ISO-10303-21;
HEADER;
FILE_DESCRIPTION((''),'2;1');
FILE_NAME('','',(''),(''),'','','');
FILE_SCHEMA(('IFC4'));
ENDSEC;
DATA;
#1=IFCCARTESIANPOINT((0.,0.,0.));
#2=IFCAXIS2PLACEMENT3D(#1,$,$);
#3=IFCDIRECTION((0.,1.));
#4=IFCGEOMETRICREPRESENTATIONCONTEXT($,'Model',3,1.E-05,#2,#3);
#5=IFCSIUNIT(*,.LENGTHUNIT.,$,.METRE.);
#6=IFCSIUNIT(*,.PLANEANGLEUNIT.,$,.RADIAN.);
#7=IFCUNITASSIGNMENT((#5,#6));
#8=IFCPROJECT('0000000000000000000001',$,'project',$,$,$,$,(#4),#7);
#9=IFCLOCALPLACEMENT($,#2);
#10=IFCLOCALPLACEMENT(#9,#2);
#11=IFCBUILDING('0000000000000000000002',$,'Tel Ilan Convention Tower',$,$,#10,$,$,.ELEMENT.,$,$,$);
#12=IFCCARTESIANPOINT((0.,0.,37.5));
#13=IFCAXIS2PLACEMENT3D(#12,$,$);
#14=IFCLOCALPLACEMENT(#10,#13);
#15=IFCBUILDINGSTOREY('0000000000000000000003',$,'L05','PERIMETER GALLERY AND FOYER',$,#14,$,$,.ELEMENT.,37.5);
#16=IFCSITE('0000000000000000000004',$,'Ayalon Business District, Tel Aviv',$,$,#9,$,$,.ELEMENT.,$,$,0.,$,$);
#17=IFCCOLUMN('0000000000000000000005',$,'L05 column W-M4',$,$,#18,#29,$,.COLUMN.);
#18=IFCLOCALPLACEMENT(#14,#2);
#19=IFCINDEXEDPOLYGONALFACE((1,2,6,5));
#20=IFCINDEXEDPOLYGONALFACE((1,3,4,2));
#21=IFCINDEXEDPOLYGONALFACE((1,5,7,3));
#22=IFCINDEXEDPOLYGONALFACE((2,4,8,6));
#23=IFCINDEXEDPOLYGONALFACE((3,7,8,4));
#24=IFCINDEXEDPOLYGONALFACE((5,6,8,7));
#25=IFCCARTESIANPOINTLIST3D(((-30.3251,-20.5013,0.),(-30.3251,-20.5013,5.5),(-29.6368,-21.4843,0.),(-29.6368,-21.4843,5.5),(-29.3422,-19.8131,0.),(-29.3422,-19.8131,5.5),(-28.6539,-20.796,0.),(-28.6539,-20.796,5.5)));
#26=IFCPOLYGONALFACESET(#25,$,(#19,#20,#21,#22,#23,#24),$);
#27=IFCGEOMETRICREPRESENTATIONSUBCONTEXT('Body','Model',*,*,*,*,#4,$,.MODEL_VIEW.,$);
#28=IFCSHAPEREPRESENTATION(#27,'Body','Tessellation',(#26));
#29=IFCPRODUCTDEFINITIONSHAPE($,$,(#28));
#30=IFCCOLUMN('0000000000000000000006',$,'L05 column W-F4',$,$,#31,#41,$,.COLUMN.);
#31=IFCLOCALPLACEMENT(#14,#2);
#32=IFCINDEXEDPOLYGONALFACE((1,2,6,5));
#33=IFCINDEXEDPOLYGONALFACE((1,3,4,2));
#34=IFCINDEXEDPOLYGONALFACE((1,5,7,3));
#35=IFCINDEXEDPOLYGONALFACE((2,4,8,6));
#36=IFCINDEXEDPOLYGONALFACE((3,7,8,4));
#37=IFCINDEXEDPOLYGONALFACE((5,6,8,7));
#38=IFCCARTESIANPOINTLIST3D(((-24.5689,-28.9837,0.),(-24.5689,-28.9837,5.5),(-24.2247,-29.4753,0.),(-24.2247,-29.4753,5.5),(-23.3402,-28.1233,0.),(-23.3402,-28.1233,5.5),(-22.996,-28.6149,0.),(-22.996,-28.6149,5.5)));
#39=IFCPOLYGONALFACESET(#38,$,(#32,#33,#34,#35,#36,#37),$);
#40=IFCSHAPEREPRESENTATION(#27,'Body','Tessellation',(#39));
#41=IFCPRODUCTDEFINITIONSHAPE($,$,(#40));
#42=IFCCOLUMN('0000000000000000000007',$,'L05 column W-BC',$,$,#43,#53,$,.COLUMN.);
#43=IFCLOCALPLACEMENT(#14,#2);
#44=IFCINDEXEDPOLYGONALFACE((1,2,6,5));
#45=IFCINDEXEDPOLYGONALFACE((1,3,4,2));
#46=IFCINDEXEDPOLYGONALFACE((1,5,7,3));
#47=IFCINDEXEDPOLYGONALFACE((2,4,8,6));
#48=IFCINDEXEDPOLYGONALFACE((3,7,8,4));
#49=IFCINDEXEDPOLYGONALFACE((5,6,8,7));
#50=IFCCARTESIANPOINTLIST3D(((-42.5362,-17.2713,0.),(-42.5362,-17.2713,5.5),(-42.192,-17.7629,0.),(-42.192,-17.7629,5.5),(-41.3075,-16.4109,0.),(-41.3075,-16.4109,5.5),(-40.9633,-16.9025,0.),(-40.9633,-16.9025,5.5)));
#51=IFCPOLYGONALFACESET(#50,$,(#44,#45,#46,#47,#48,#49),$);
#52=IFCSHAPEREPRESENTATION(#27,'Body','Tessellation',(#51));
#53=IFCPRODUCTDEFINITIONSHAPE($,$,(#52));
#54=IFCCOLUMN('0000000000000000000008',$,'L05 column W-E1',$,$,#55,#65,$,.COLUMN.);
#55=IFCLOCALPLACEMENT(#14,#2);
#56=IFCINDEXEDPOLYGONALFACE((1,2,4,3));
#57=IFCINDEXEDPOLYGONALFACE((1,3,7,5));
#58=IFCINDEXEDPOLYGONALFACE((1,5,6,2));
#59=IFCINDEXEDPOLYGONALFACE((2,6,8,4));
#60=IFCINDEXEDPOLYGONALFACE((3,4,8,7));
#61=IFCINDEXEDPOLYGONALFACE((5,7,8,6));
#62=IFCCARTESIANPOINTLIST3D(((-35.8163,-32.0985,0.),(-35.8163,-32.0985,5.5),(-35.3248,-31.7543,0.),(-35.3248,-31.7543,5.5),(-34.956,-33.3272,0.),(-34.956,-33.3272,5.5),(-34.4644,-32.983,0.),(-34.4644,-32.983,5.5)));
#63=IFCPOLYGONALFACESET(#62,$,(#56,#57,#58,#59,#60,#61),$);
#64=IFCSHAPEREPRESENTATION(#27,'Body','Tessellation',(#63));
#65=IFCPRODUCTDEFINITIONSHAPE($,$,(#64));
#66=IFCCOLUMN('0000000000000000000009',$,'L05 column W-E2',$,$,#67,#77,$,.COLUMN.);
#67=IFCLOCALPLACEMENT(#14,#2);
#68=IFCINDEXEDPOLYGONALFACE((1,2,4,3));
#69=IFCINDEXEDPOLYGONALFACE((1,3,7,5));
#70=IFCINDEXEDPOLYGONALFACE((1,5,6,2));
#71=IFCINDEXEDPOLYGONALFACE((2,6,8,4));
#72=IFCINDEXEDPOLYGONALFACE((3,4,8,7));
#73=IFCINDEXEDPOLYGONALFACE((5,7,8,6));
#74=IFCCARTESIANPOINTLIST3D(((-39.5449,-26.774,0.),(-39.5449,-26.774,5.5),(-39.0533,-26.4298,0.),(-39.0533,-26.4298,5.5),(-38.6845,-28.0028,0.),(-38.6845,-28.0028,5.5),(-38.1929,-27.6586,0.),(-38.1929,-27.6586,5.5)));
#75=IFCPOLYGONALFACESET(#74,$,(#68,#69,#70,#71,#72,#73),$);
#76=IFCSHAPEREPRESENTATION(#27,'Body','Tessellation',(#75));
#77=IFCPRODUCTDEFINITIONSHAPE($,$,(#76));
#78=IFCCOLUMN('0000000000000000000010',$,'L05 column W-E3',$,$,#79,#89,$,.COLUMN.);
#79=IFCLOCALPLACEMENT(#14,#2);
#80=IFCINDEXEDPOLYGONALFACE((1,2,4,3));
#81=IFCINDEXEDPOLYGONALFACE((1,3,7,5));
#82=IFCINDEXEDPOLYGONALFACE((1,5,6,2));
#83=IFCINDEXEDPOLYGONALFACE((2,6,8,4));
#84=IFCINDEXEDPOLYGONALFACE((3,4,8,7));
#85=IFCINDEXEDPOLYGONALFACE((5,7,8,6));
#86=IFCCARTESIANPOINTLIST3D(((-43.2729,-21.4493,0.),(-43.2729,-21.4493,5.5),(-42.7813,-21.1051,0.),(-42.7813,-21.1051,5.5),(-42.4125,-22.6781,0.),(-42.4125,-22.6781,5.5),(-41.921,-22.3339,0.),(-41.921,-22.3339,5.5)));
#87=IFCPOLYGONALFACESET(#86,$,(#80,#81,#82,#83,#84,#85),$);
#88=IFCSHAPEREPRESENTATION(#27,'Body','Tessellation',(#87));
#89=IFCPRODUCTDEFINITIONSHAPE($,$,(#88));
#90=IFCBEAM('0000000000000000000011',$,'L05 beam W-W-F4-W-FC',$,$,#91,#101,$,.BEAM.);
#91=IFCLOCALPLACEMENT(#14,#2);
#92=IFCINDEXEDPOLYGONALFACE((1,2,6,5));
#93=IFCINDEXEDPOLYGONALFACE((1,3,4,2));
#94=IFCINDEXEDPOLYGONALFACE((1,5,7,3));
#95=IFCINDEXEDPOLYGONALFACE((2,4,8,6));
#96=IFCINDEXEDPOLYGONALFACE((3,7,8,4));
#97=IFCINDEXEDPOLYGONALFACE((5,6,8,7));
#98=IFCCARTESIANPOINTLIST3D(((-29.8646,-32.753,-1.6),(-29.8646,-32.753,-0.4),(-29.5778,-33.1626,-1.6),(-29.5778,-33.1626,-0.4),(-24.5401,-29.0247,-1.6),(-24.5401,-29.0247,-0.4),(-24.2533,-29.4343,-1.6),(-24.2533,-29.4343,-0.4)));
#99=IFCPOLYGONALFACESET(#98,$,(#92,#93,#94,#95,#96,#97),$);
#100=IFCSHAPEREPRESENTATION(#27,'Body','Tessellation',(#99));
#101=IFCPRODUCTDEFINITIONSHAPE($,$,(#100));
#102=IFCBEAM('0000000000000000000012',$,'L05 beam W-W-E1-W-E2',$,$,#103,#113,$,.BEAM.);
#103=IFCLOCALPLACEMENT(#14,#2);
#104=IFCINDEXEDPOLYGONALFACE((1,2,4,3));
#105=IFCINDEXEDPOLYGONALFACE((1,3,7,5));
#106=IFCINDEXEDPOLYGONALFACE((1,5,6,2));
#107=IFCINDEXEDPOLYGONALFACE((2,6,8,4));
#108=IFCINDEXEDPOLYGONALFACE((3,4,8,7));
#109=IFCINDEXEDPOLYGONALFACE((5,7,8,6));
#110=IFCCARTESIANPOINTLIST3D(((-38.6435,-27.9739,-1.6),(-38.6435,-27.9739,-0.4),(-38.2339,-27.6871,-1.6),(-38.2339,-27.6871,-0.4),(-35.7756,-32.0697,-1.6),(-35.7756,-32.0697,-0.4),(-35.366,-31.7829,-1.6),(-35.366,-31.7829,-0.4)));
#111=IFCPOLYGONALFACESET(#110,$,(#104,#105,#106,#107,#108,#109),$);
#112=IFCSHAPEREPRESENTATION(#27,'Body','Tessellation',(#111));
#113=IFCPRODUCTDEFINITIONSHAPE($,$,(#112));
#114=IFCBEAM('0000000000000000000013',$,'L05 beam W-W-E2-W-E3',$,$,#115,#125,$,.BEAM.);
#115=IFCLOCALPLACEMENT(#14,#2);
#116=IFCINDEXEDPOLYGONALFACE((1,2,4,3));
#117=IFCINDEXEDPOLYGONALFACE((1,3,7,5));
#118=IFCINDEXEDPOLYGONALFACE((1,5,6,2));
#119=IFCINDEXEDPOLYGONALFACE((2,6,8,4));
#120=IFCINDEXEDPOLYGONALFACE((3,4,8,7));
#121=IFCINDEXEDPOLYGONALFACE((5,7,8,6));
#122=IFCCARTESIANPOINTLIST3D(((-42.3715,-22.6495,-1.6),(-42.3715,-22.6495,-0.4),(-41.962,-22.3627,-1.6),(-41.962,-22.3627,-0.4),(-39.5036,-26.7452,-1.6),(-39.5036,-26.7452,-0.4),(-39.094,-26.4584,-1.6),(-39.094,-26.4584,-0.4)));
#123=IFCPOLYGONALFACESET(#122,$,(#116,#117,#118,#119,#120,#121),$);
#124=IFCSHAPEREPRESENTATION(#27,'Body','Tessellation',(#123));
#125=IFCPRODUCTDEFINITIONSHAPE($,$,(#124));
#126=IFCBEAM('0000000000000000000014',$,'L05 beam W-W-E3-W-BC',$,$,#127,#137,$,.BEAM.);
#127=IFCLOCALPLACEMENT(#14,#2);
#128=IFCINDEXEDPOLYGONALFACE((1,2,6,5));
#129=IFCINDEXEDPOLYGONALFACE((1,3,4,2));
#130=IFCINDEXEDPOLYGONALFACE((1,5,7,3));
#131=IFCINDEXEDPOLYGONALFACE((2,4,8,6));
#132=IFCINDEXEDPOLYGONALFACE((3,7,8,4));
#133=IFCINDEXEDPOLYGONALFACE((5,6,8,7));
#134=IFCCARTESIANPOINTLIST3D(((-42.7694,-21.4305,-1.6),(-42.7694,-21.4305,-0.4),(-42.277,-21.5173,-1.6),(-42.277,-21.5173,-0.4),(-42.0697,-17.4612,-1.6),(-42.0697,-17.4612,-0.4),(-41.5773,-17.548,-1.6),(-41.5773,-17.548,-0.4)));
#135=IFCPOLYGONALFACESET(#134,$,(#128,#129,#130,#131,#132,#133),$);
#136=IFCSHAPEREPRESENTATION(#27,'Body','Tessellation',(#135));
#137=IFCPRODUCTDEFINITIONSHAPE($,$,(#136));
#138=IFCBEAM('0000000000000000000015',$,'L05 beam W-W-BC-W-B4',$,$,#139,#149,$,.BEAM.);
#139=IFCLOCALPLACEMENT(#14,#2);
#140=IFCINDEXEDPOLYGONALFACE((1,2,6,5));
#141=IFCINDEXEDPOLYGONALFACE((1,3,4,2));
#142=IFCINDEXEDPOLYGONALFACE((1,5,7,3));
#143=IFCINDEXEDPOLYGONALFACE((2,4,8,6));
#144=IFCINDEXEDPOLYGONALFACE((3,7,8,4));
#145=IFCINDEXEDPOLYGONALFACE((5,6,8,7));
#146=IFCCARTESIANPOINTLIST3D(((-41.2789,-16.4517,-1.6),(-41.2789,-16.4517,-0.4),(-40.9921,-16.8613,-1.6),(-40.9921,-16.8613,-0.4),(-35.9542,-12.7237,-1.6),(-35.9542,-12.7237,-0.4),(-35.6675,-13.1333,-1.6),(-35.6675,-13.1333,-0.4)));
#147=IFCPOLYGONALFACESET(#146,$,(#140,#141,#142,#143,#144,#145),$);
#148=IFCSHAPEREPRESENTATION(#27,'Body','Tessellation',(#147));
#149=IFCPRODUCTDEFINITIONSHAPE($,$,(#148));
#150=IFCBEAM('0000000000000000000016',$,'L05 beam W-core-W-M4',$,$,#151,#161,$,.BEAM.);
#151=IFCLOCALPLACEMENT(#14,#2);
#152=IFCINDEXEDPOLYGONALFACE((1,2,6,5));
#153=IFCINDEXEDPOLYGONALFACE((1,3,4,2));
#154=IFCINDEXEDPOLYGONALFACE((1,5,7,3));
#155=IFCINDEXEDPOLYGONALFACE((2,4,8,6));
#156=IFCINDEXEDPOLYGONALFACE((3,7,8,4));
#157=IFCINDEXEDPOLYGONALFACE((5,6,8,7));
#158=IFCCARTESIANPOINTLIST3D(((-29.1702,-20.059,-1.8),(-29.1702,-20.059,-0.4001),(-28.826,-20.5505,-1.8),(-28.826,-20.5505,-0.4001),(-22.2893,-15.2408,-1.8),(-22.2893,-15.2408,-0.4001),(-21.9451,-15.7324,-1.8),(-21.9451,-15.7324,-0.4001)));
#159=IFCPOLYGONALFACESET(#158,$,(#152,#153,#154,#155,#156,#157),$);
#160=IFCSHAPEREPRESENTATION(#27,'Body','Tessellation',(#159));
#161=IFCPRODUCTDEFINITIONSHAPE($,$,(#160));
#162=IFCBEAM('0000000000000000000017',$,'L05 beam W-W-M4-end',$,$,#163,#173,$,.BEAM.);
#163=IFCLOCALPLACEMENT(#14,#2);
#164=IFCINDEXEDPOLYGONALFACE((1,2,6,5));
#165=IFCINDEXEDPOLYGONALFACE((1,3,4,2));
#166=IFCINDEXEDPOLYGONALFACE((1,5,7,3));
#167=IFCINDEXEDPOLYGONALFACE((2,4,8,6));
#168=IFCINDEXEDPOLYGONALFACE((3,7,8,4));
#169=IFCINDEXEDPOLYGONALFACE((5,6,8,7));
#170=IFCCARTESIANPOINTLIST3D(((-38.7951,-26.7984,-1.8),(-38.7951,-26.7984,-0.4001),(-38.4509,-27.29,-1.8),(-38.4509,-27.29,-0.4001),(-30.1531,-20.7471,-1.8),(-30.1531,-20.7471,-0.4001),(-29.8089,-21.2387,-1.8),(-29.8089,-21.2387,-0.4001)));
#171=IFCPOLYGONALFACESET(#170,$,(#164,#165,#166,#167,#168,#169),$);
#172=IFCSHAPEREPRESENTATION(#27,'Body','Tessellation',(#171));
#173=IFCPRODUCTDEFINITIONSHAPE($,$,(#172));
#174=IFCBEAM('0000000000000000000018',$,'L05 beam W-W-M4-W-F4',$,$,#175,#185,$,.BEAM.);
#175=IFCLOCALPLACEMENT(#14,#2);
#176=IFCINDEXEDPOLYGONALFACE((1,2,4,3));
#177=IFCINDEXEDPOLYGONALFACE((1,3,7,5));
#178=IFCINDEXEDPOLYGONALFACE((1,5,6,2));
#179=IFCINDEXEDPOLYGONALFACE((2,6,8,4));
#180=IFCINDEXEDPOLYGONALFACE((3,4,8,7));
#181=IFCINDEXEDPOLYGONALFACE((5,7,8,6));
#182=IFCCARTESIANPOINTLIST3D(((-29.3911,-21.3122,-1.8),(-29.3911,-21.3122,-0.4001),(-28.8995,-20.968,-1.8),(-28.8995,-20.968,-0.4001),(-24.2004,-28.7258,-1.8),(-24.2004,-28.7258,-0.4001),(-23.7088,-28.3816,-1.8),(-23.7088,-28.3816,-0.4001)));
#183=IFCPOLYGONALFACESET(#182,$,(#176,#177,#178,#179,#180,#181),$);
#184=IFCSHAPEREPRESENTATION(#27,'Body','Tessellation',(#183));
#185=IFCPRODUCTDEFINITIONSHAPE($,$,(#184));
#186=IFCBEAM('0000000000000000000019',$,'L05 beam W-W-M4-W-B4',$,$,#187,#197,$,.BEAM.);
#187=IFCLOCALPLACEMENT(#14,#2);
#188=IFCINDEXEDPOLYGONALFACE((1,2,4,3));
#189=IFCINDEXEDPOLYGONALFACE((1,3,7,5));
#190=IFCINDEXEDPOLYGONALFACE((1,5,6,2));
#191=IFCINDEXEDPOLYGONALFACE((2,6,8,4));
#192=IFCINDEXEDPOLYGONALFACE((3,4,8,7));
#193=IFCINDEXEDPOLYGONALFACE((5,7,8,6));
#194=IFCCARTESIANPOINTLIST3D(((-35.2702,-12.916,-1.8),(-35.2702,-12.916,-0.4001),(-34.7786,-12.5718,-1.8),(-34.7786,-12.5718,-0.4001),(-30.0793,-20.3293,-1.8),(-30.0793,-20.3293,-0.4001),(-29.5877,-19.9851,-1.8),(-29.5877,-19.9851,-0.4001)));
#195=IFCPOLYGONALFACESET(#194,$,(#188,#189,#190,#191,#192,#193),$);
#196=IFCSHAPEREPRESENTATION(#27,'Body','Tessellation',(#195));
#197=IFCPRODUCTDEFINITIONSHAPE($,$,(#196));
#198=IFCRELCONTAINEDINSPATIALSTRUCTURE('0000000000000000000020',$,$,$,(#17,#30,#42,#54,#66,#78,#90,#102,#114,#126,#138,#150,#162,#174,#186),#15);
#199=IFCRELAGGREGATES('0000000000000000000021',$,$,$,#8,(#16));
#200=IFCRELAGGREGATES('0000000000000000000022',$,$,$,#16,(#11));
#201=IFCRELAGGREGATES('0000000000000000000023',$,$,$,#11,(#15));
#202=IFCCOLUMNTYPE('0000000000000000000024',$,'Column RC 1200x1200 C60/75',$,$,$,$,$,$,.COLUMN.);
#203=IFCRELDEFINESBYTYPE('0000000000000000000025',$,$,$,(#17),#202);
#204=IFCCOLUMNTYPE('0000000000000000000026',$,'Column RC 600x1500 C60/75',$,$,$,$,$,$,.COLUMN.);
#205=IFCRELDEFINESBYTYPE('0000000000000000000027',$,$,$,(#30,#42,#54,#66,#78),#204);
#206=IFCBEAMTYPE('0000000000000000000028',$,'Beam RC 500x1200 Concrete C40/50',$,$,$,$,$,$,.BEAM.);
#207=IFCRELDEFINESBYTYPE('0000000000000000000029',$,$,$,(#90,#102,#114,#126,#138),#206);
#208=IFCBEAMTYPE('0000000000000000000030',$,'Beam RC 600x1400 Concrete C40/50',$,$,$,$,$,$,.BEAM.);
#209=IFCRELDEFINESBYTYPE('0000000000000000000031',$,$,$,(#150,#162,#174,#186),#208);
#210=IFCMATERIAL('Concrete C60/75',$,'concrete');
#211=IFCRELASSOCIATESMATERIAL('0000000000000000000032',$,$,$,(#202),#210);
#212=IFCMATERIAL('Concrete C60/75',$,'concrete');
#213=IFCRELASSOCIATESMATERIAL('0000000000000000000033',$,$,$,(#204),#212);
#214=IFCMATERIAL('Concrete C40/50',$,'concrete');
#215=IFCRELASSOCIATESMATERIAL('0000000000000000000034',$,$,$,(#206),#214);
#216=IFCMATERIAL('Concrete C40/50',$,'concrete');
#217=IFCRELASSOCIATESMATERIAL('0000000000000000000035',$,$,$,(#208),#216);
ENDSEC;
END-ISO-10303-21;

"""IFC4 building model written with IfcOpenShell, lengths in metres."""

from ifc_helpers import new_model, si_unit, direction, frame, origin, origin_2d, place, context, subcontext, project, spatial, rectangle, extrude, material, material_profile, profile_set, type_object, element, save


model = new_model("IFC4")

# Units and contexts
model_context = context("Model", 3, precision=1e-05, world=origin(), true_north=direction((0.0, 1.0)))
body_context = subcontext(model_context, "Body", "Model", "MODEL_VIEW")
ifc_project = project(units=[si_unit("LENGTHUNIT", "METRE"), si_unit("PLANEANGLEUNIT", "RADIAN")], contexts=[model_context])

# Site, building, storey
site_placement = place(None, origin())
site = spatial("IfcSite", under=ifc_project, at=site_placement, Name="Ayalon Business District, Tel Aviv", CompositionType="ELEMENT", RefElevation=0.0)
building_placement = place(site_placement, origin())
building = spatial("IfcBuilding", under=site, at=building_placement, Name="Tel Ilan Convention Tower", CompositionType="ELEMENT")
storey_placement = place(building_placement, frame((0.0, 0.0, 37.5)))
storey = spatial("IfcBuildingStorey", under=building, at=storey_placement, Name="L05", Description="PERIMETER GALLERY AND FOYER", CompositionType="ELEMENT", Elevation=37.5)

# Columns
ifc_material_1 = material(Name="Concrete C60/75", Category="concrete")
ifc_material_profile_1 = material_profile(ifc_material_1, rectangle(XDim=1.2, YDim=1.2, at=origin_2d()), Name="RC 1200x1200")
ifc_profile_set_1 = profile_set([ifc_material_profile_1], Name="Concrete C60/75")
column_type_1 = type_object("IfcColumnType", Name="Column RC 1200x1200 C60/75", PredefinedType="COLUMN", material=ifc_profile_set_1)
column_placement = place(storey_placement, frame((-29.4895, -20.6487, 0.0), z_axis=(0.0, 0.0, 1.0), x_axis=(-0.819152, -0.573576, 0.0)))
element("IfcColumn", 1, at=column_placement, inside=storey, type_object=column_type_1, Name="L05 column W-M4", PredefinedType="COLUMN", context=body_context, shape_type="SweptSolid", body=[
    extrude(rectangle(XDim=1.2, YDim=1.2, at=origin_2d()), origin(), (0.0, 0.0, 1.0), 5.5),
])
ifc_material_2 = material(Name="Concrete C60/75", Category="concrete")
ifc_material_profile_2 = material_profile(ifc_material_2, rectangle(XDim=1.5, YDim=0.6001, at=origin_2d()), Name="RC 600x1500")
ifc_profile_set_2 = profile_set([ifc_material_profile_2], Name="Concrete C60/75")
column_type_2 = type_object("IfcColumnType", Name="Column RC 600x1500 C60/75", PredefinedType="COLUMN", material=ifc_profile_set_2)
for number, where, z_axis, x_axis, name in (
    (2, (-23.7825, -28.7993, 0.0), (0.0, 0.0, 1.0), (-0.819152, -0.573576, 0.0), "L05 column W-F4"),
    (3, (-41.7498, -17.0869, 0.0), (0.0, 0.0, 1.0), (-0.819152, -0.573576, 0.0), "L05 column W-BC"),
    (4, (-35.1404, -32.5408, 0.0), (0.0, 0.0, 1.0), (-0.573576, 0.819152, 0.0), "L05 column W-E1"),
    (5, (-38.8689, -27.2163, 0.0), (0.0, 0.0, 1.0), (-0.573576, 0.819152, 0.0), "L05 column W-E2"),
    (6, (-42.5969, -21.8916, 0.0), (0.0, 0.0, 1.0), (-0.573576, 0.819152, 0.0), "L05 column W-E3"),
):
    element("IfcColumn", number, at=place(storey_placement, frame(where, z_axis=z_axis, x_axis=x_axis)), inside=storey, type_object=column_type_2, Name=name, PredefinedType="COLUMN", context=body_context, shape_type="SweptSolid", body=[
        extrude(rectangle(XDim=1.5, YDim=0.6001, at=origin_2d()), origin(), (0.0, 0.0, 1.0), 5.5),
    ])

# Beams
ifc_material_3 = material(Name="Concrete C40/50", Category="concrete")
ifc_material_profile_3 = material_profile(ifc_material_3, rectangle(XDim=0.5, YDim=1.2, at=origin_2d()), Name="RC 500x1200")
ifc_profile_set_3 = profile_set([ifc_material_profile_3], Name="Concrete C40/50")
beam_type_1 = type_object("IfcBeamType", Name="Beam RC 500x1200 Concrete C40/50", PredefinedType="BEAM", material=ifc_profile_set_3)
beam_1_placement = place(storey_placement, frame((-24.3967, -29.2295, -1.0), z_axis=(-0.819149, -0.573581, 0.0), x_axis=(0.573581, -0.819149, 0.0)))
element("IfcBeam", 7, at=beam_1_placement, inside=storey, type_object=beam_type_1, Name="L05 beam W-W-F4-W-FC", PredefinedType="BEAM", context=body_context, shape_type="SweptSolid", body=[
    extrude(rectangle(XDim=0.5, YDim=1.2, at=origin_2d()), origin(), (0.0, 0.0, 1.0), 6.5),
])
for number, where, z_axis, x_axis, name in (
    (8, (-35.5708, -31.9263, -1.0), (-0.573587, 0.819145, 0.0), (-0.819145, -0.573587, 0.0), "L05 beam W-W-E1-W-E2"),
    (9, (-39.2988, -26.6018, -1.0), (-0.573587, 0.819145, 0.0), (-0.819145, -0.573587, 0.0), "L05 beam W-W-E2-W-E3"),
):
    element("IfcBeam", number, at=place(storey_placement, frame(where, z_axis=z_axis, x_axis=x_axis)), inside=storey, type_object=beam_type_1, Name=name, PredefinedType="BEAM", context=body_context, shape_type="SweptSolid", body=[
        extrude(rectangle(XDim=0.5, YDim=1.2, at=origin_2d()), origin(), (0.0, 0.0, 1.0), 5.0),
    ])
beam_2_placement = place(storey_placement, frame((-42.5232, -21.4739, -1.0), z_axis=(0.173606, 0.984815, 0.0), x_axis=(-0.984815, 0.173606, 0.0)))
element("IfcBeam", 10, at=beam_2_placement, inside=storey, type_object=beam_type_1, Name="L05 beam W-W-E3-W-BC", PredefinedType="BEAM", context=body_context, shape_type="SweptSolid", body=[
    extrude(rectangle(XDim=0.5, YDim=1.2, at=origin_2d()), origin(), (0.0, 0.0, 1.0), 4.0305),
])
beam_3_placement = place(storey_placement, frame((-41.1355, -16.6565, -1.0), z_axis=(0.819179, 0.573538, 0.0), x_axis=(-0.573538, 0.819179, 0.0)))
element("IfcBeam", 11, at=beam_3_placement, inside=storey, type_object=beam_type_1, Name="L05 beam W-W-BC-W-B4", PredefinedType="BEAM", context=body_context, shape_type="SweptSolid", body=[
    extrude(rectangle(XDim=0.5, YDim=1.2, at=origin_2d()), origin(), (0.0, 0.0, 1.0), 6.5),
])
ifc_material_4 = material(Name="Concrete C40/50", Category="concrete")
ifc_material_profile_4 = material_profile(ifc_material_4, rectangle(XDim=0.6001, YDim=1.3999, at=origin_2d()), Name="RC 600x1400")
ifc_profile_set_4 = profile_set([ifc_material_profile_4], Name="Concrete C40/50")
beam_type_2 = type_object("IfcBeamType", Name="Beam RC 600x1400 Concrete C40/50", PredefinedType="BEAM", material=ifc_profile_set_4)
beam_4_placement = place(storey_placement, frame((-22.1172, -15.4866, -1.1001), z_axis=(-0.819147, -0.573583, 0.0), x_axis=(0.573583, -0.819147, 0.0)))
element("IfcBeam", 12, at=beam_4_placement, inside=storey, type_object=beam_type_2, Name="L05 beam W-core-W-M4", PredefinedType="BEAM", context=body_context, shape_type="SweptSolid", body=[
    extrude(rectangle(XDim=0.6001, YDim=1.3999, at=origin_2d()), origin(), (0.0, 0.0, 1.0), 8.4001),
])
beam_5_placement = place(storey_placement, frame((-29.981, -20.9929, -1.1001), z_axis=(-0.819151, -0.573577, 0.0), x_axis=(0.573577, -0.819151, 0.0)))
element("IfcBeam", 13, at=beam_5_placement, inside=storey, type_object=beam_type_2, Name="L05 beam W-W-M4-end", PredefinedType="BEAM", context=body_context, shape_type="SweptSolid", body=[
    extrude(rectangle(XDim=0.6001, YDim=1.3999, at=origin_2d()), origin(), (0.0, 0.0, 1.0), 10.55),
])
for number, where, z_axis, x_axis, name in (
    (14, (-29.1453, -21.1401, -1.1001), (0.573549, -0.819171, 0.0), (0.819171, 0.573549, 0.0), "L05 beam W-W-M4-W-F4"),
    (15, (-29.8335, -20.1572, -1.1001), (-0.57358, 0.81915, 0.0), (-0.81915, -0.57358, 0.0), "L05 beam W-W-M4-W-B4"),
):
    element("IfcBeam", number, at=place(storey_placement, frame(where, z_axis=z_axis, x_axis=x_axis)), inside=storey, type_object=beam_type_2, Name=name, PredefinedType="BEAM", context=body_context, shape_type="SweptSolid", body=[
        extrude(rectangle(XDim=0.6001, YDim=1.3999, at=origin_2d()), origin(), (0.0, 0.0, 1.0), 9.05),
    ])

save(model, "model.ifc")
